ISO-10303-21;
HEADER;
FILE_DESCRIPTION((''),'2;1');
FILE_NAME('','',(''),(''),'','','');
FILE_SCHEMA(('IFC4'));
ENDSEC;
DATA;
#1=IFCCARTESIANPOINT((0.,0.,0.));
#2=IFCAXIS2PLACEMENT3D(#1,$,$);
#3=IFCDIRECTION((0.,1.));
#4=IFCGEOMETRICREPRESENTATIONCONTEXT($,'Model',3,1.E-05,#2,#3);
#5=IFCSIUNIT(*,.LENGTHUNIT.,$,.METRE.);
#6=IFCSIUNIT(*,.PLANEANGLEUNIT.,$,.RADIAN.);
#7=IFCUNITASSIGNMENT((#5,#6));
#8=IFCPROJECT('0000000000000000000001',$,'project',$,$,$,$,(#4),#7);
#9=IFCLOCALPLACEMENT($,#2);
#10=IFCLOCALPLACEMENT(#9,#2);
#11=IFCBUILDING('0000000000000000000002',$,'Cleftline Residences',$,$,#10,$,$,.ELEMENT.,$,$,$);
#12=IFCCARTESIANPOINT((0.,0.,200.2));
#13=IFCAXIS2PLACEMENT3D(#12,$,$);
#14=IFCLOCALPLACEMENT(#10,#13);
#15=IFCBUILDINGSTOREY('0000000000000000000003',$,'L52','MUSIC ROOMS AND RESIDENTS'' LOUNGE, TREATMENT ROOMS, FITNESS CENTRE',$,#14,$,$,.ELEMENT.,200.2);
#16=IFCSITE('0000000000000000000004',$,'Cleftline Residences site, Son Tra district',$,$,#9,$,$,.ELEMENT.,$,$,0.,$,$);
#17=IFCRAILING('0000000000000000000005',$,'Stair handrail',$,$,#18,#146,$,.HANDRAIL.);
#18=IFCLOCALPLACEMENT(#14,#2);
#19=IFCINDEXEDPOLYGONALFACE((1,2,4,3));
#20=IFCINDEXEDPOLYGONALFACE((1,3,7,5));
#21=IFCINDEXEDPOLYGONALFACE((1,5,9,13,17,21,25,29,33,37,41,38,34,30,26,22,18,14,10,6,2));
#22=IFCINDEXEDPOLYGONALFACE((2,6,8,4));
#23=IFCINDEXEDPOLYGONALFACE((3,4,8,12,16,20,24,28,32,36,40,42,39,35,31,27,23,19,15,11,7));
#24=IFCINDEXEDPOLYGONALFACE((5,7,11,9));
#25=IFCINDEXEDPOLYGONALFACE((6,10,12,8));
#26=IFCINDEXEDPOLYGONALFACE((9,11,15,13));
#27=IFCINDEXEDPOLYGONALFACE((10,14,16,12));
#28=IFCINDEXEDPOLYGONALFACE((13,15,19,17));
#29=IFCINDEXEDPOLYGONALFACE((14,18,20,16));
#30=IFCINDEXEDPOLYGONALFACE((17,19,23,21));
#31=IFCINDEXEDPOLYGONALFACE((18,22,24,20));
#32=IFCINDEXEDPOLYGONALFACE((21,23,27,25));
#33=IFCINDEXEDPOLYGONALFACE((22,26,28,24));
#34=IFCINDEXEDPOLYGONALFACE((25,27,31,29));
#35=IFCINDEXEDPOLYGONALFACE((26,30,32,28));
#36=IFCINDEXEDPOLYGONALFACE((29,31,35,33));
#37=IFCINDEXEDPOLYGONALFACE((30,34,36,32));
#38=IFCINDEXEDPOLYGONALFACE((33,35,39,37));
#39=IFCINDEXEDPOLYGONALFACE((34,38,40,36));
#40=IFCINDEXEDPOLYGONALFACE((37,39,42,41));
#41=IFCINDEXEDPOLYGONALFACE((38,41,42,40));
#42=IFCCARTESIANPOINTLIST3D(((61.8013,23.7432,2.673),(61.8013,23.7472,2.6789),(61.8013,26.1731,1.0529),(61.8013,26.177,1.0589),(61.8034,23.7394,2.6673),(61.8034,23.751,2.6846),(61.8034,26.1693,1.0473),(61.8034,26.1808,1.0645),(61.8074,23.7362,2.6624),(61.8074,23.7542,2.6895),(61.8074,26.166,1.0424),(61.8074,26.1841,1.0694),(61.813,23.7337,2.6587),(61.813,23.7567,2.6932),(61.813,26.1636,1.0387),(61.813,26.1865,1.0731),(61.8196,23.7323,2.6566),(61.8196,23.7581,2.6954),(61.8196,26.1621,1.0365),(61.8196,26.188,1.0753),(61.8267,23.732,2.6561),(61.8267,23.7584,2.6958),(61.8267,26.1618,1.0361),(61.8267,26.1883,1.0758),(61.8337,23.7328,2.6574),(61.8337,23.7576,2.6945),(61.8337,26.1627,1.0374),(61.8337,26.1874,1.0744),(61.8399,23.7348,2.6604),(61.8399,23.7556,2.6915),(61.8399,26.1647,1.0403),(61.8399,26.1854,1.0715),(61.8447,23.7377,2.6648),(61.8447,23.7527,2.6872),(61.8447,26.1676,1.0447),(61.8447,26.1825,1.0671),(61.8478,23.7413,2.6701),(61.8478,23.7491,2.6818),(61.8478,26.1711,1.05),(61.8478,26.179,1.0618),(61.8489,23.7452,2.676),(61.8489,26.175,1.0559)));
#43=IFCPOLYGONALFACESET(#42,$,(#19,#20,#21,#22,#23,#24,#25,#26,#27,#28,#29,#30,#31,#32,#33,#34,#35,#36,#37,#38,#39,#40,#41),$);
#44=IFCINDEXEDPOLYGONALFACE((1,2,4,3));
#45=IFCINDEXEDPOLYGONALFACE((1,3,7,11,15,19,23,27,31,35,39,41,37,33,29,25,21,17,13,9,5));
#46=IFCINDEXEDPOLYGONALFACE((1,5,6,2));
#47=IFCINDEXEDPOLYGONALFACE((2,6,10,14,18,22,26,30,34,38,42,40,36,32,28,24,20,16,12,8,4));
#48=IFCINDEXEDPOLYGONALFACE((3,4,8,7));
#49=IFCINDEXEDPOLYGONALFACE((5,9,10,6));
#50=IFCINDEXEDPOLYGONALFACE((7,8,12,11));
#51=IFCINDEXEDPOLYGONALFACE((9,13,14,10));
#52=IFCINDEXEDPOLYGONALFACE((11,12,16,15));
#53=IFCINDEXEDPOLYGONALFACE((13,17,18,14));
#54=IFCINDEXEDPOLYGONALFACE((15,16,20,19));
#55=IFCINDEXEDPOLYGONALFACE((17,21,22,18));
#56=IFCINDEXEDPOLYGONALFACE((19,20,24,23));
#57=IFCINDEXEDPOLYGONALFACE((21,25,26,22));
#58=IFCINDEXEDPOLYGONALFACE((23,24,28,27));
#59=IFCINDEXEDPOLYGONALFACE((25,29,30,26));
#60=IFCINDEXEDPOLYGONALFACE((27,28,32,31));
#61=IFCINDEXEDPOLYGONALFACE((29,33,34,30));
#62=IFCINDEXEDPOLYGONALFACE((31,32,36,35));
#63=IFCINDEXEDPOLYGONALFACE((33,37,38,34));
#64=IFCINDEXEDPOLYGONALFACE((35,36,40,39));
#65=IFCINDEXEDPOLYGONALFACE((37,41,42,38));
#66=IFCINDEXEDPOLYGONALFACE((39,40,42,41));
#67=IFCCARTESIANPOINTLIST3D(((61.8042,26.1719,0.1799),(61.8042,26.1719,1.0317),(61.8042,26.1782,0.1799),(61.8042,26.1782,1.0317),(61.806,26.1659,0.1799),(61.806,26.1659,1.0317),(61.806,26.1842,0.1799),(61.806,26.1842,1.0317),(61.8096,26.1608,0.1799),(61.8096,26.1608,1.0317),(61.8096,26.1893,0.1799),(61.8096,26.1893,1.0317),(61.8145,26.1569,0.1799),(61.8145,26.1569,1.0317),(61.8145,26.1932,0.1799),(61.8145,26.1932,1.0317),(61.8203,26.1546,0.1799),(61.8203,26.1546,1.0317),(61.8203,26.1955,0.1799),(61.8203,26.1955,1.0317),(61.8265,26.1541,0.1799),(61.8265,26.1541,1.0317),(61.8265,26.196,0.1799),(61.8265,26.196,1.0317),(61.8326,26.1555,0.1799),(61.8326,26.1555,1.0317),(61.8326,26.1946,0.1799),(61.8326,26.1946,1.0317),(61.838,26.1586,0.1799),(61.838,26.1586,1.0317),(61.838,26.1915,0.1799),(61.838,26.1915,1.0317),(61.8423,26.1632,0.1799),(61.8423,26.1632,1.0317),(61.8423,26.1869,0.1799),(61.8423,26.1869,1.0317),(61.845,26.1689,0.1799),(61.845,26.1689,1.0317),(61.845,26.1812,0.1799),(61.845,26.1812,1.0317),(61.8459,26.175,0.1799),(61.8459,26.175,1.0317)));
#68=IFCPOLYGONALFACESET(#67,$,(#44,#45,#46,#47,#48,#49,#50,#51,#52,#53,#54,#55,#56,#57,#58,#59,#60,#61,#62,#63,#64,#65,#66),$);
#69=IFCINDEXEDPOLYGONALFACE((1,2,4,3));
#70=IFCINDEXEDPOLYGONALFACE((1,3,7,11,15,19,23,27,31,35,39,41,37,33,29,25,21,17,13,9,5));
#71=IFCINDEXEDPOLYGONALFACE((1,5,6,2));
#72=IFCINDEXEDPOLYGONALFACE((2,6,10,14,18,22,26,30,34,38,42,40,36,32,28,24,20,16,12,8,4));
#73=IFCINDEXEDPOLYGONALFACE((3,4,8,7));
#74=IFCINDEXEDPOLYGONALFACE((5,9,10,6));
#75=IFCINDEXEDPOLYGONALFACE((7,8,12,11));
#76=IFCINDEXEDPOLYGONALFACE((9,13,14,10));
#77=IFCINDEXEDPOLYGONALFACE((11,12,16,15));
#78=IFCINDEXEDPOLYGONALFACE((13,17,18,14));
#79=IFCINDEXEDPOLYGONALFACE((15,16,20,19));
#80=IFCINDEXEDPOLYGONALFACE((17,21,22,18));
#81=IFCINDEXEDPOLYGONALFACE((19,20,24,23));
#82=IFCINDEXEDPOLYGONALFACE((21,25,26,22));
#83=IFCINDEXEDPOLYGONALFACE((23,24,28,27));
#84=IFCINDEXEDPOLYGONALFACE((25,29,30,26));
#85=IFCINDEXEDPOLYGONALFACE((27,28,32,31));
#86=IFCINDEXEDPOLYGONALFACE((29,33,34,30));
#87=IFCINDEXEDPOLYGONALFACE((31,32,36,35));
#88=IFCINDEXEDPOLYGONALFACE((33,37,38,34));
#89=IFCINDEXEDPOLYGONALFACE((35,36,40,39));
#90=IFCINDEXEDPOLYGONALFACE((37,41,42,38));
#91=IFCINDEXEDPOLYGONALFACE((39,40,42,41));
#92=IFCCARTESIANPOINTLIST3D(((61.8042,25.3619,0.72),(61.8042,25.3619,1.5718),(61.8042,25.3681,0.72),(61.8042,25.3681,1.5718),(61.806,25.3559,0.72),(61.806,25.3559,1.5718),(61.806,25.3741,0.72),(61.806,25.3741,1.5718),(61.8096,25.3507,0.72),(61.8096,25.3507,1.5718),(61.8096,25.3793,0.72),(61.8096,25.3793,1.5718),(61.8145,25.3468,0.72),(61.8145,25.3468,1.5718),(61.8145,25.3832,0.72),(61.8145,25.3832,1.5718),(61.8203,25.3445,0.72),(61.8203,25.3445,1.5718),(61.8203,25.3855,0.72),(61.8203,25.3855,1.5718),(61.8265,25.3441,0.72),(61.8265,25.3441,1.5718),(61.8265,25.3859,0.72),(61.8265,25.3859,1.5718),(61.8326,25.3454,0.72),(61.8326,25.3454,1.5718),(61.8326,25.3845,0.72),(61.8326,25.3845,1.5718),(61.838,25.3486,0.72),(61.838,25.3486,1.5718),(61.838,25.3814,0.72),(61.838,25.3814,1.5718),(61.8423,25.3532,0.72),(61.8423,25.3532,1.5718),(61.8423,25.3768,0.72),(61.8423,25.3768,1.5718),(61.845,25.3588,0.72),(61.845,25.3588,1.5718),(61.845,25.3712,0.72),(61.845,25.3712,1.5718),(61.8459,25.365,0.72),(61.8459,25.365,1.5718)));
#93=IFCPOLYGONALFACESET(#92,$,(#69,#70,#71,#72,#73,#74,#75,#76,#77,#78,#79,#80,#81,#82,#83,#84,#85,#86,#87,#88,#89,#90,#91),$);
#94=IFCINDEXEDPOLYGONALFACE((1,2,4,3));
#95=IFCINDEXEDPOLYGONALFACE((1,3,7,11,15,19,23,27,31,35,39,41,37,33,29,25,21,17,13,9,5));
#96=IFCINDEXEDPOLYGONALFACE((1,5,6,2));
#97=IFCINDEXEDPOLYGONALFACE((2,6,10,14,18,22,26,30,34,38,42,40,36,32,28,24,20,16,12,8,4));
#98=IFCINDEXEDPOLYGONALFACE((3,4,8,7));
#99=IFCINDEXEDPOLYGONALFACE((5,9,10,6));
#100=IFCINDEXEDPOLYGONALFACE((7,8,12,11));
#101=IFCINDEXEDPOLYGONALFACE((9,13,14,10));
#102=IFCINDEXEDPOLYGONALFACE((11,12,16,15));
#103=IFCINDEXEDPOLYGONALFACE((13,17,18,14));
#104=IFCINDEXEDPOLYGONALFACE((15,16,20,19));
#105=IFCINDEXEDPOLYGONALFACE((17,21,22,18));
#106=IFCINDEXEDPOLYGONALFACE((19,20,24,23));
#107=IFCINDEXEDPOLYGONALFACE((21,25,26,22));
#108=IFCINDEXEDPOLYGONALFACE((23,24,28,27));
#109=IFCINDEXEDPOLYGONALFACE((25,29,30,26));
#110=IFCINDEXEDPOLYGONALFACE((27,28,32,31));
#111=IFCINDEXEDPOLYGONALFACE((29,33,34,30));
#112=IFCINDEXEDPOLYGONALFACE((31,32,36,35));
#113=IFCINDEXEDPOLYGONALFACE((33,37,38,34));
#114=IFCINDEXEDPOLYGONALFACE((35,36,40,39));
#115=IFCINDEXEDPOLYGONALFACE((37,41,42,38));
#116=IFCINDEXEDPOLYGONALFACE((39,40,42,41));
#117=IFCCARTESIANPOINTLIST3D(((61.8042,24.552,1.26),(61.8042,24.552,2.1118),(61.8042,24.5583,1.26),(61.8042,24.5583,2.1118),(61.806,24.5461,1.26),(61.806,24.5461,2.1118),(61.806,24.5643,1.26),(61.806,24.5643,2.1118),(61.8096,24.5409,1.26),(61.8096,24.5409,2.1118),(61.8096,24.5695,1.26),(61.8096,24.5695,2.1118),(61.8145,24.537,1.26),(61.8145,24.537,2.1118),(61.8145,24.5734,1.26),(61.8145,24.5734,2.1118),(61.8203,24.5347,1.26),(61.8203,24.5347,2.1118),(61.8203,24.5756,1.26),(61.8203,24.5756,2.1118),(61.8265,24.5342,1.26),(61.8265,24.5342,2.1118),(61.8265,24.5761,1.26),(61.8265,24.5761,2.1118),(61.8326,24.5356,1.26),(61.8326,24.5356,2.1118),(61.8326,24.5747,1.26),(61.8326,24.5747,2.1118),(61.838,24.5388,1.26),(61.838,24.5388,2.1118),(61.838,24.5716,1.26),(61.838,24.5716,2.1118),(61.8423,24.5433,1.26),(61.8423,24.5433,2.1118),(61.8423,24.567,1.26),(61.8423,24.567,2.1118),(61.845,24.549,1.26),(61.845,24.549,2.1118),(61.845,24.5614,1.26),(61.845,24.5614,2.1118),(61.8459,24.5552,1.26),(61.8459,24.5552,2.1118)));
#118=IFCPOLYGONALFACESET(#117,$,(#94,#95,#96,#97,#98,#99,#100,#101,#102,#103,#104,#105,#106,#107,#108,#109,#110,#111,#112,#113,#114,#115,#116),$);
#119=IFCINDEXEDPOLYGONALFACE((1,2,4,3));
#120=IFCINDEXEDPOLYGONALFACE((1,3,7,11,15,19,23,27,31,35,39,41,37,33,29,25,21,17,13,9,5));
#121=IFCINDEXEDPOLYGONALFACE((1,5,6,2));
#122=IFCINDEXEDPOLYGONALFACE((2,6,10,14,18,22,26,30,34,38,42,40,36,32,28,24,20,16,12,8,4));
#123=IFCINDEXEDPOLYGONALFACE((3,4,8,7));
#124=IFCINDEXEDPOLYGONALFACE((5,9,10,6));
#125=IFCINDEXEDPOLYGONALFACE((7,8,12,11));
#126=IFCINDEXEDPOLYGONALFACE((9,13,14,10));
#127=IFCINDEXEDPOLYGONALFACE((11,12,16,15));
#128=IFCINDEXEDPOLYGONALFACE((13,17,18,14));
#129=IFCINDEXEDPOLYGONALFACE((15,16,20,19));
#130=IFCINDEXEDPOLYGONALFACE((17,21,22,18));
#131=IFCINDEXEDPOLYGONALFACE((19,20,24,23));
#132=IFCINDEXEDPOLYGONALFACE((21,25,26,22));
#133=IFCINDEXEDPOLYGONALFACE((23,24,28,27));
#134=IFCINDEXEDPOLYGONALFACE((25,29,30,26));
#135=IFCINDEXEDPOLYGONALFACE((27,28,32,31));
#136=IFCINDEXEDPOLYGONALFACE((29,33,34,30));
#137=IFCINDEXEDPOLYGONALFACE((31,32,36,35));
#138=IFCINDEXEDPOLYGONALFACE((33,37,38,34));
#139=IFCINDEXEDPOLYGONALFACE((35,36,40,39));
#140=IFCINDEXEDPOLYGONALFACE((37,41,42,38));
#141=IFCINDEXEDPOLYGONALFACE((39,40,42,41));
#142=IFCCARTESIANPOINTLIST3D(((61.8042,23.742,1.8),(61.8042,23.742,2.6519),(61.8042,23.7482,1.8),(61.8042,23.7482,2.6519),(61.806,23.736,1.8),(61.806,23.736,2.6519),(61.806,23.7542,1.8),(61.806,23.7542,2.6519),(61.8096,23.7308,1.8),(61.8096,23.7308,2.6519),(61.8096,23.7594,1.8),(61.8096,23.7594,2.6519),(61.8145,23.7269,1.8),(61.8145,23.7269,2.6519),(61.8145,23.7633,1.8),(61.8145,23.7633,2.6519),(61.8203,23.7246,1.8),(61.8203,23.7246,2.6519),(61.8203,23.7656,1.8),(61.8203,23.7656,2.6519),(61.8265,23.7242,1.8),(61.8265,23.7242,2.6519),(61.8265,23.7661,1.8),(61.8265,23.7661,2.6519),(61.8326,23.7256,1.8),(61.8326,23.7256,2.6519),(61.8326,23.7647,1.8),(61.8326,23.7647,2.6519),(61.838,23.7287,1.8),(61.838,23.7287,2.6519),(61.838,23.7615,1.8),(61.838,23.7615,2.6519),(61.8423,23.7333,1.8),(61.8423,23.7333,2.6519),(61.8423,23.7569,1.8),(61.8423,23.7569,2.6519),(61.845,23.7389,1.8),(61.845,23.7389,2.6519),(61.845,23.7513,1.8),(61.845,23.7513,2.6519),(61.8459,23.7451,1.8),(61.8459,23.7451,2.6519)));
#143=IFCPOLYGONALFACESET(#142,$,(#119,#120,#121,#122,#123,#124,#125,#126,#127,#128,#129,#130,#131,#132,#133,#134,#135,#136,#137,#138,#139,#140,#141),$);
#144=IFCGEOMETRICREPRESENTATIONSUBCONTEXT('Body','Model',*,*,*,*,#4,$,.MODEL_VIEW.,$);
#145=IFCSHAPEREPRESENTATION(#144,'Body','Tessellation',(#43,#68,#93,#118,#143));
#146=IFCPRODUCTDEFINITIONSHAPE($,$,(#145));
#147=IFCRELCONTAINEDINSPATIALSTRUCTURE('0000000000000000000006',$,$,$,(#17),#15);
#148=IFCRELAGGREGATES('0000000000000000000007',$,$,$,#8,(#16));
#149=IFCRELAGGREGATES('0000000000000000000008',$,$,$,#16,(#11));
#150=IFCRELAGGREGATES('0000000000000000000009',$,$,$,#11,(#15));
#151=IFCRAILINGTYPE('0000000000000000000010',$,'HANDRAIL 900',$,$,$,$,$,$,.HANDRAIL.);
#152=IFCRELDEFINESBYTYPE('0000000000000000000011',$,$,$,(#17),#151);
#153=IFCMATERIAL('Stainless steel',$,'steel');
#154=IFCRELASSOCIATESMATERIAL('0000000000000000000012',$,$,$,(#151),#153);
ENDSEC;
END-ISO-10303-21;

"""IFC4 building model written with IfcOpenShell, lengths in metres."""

from ifc_helpers import new_model, si_unit, direction, frame, origin, origin_2d, place, context, subcontext, project, spatial, circle, extrude, material, type_object, element, save


model = new_model("IFC4")

# Units and contexts
model_context = context("Model", 3, precision=1e-05, world=origin(), true_north=direction((0.0, 1.0)))
body_context = subcontext(model_context, "Body", "Model", "MODEL_VIEW")
ifc_project = project(units=[si_unit("LENGTHUNIT", "METRE"), si_unit("PLANEANGLEUNIT", "RADIAN")], contexts=[model_context])

# Site, building, storey
site_placement = place(None, origin())
site = spatial("IfcSite", under=ifc_project, at=site_placement, Name="Cleftline Residences site, Son Tra district", CompositionType="ELEMENT", RefElevation=0.0)
building_placement = place(site_placement, origin())
building = spatial("IfcBuilding", under=site, at=building_placement, Name="Cleftline Residences", CompositionType="ELEMENT")
storey_placement = place(building_placement, frame((0.0, 0.0, 200.2)))
storey = spatial("IfcBuildingStorey", under=building, at=storey_placement, Name="L52", Description="MUSIC ROOMS AND RESIDENTS' LOUNGE, TREATMENT ROOMS, FITNESS CENTRE", CompositionType="ELEMENT", Elevation=200.2)

# Railing
ifc_material_1 = material(Name="Stainless steel", Category="steel")
railing_type = type_object("IfcRailingType", Name="HANDRAIL 900", PredefinedType="HANDRAIL", material=ifc_material_1)
railing_placement = place(storey_placement, frame((61.825, 26.175, 0.1799)))
element("IfcRailing", 1, at=railing_placement, inside=storey, type_object=railing_type, Name="Stair handrail", PredefinedType="HANDRAIL", context=body_context, shape_type="SweptSolid", body=[
    extrude(circle(Radius=0.0239, at=origin_2d()), frame((0.0, 0.0, 0.876), z_axis=(0.0, -0.832025, 0.554739), x_axis=(1.0, 0.0, 0.0)), (0.0, 0.0, 1.0), 2.9204),
    extrude(circle(Radius=0.021, at=origin_2d()), origin(), (0.0, 0.0, 1.0), 0.8518),
    extrude(circle(Radius=0.021, at=origin_2d()), frame((0.0, -0.8101, 0.54)), (0.0, 0.0, 1.0), 0.8518),
    extrude(circle(Radius=0.021, at=origin_2d()), frame((0.0, -1.6199, 1.0801)), (0.0, 0.0, 1.0), 0.8518),
    extrude(circle(Radius=0.021, at=origin_2d()), frame((0.0, -2.4299, 1.6201)), (0.0, 0.0, 1.0), 0.8518),
])

save(model, "model.ifc")
